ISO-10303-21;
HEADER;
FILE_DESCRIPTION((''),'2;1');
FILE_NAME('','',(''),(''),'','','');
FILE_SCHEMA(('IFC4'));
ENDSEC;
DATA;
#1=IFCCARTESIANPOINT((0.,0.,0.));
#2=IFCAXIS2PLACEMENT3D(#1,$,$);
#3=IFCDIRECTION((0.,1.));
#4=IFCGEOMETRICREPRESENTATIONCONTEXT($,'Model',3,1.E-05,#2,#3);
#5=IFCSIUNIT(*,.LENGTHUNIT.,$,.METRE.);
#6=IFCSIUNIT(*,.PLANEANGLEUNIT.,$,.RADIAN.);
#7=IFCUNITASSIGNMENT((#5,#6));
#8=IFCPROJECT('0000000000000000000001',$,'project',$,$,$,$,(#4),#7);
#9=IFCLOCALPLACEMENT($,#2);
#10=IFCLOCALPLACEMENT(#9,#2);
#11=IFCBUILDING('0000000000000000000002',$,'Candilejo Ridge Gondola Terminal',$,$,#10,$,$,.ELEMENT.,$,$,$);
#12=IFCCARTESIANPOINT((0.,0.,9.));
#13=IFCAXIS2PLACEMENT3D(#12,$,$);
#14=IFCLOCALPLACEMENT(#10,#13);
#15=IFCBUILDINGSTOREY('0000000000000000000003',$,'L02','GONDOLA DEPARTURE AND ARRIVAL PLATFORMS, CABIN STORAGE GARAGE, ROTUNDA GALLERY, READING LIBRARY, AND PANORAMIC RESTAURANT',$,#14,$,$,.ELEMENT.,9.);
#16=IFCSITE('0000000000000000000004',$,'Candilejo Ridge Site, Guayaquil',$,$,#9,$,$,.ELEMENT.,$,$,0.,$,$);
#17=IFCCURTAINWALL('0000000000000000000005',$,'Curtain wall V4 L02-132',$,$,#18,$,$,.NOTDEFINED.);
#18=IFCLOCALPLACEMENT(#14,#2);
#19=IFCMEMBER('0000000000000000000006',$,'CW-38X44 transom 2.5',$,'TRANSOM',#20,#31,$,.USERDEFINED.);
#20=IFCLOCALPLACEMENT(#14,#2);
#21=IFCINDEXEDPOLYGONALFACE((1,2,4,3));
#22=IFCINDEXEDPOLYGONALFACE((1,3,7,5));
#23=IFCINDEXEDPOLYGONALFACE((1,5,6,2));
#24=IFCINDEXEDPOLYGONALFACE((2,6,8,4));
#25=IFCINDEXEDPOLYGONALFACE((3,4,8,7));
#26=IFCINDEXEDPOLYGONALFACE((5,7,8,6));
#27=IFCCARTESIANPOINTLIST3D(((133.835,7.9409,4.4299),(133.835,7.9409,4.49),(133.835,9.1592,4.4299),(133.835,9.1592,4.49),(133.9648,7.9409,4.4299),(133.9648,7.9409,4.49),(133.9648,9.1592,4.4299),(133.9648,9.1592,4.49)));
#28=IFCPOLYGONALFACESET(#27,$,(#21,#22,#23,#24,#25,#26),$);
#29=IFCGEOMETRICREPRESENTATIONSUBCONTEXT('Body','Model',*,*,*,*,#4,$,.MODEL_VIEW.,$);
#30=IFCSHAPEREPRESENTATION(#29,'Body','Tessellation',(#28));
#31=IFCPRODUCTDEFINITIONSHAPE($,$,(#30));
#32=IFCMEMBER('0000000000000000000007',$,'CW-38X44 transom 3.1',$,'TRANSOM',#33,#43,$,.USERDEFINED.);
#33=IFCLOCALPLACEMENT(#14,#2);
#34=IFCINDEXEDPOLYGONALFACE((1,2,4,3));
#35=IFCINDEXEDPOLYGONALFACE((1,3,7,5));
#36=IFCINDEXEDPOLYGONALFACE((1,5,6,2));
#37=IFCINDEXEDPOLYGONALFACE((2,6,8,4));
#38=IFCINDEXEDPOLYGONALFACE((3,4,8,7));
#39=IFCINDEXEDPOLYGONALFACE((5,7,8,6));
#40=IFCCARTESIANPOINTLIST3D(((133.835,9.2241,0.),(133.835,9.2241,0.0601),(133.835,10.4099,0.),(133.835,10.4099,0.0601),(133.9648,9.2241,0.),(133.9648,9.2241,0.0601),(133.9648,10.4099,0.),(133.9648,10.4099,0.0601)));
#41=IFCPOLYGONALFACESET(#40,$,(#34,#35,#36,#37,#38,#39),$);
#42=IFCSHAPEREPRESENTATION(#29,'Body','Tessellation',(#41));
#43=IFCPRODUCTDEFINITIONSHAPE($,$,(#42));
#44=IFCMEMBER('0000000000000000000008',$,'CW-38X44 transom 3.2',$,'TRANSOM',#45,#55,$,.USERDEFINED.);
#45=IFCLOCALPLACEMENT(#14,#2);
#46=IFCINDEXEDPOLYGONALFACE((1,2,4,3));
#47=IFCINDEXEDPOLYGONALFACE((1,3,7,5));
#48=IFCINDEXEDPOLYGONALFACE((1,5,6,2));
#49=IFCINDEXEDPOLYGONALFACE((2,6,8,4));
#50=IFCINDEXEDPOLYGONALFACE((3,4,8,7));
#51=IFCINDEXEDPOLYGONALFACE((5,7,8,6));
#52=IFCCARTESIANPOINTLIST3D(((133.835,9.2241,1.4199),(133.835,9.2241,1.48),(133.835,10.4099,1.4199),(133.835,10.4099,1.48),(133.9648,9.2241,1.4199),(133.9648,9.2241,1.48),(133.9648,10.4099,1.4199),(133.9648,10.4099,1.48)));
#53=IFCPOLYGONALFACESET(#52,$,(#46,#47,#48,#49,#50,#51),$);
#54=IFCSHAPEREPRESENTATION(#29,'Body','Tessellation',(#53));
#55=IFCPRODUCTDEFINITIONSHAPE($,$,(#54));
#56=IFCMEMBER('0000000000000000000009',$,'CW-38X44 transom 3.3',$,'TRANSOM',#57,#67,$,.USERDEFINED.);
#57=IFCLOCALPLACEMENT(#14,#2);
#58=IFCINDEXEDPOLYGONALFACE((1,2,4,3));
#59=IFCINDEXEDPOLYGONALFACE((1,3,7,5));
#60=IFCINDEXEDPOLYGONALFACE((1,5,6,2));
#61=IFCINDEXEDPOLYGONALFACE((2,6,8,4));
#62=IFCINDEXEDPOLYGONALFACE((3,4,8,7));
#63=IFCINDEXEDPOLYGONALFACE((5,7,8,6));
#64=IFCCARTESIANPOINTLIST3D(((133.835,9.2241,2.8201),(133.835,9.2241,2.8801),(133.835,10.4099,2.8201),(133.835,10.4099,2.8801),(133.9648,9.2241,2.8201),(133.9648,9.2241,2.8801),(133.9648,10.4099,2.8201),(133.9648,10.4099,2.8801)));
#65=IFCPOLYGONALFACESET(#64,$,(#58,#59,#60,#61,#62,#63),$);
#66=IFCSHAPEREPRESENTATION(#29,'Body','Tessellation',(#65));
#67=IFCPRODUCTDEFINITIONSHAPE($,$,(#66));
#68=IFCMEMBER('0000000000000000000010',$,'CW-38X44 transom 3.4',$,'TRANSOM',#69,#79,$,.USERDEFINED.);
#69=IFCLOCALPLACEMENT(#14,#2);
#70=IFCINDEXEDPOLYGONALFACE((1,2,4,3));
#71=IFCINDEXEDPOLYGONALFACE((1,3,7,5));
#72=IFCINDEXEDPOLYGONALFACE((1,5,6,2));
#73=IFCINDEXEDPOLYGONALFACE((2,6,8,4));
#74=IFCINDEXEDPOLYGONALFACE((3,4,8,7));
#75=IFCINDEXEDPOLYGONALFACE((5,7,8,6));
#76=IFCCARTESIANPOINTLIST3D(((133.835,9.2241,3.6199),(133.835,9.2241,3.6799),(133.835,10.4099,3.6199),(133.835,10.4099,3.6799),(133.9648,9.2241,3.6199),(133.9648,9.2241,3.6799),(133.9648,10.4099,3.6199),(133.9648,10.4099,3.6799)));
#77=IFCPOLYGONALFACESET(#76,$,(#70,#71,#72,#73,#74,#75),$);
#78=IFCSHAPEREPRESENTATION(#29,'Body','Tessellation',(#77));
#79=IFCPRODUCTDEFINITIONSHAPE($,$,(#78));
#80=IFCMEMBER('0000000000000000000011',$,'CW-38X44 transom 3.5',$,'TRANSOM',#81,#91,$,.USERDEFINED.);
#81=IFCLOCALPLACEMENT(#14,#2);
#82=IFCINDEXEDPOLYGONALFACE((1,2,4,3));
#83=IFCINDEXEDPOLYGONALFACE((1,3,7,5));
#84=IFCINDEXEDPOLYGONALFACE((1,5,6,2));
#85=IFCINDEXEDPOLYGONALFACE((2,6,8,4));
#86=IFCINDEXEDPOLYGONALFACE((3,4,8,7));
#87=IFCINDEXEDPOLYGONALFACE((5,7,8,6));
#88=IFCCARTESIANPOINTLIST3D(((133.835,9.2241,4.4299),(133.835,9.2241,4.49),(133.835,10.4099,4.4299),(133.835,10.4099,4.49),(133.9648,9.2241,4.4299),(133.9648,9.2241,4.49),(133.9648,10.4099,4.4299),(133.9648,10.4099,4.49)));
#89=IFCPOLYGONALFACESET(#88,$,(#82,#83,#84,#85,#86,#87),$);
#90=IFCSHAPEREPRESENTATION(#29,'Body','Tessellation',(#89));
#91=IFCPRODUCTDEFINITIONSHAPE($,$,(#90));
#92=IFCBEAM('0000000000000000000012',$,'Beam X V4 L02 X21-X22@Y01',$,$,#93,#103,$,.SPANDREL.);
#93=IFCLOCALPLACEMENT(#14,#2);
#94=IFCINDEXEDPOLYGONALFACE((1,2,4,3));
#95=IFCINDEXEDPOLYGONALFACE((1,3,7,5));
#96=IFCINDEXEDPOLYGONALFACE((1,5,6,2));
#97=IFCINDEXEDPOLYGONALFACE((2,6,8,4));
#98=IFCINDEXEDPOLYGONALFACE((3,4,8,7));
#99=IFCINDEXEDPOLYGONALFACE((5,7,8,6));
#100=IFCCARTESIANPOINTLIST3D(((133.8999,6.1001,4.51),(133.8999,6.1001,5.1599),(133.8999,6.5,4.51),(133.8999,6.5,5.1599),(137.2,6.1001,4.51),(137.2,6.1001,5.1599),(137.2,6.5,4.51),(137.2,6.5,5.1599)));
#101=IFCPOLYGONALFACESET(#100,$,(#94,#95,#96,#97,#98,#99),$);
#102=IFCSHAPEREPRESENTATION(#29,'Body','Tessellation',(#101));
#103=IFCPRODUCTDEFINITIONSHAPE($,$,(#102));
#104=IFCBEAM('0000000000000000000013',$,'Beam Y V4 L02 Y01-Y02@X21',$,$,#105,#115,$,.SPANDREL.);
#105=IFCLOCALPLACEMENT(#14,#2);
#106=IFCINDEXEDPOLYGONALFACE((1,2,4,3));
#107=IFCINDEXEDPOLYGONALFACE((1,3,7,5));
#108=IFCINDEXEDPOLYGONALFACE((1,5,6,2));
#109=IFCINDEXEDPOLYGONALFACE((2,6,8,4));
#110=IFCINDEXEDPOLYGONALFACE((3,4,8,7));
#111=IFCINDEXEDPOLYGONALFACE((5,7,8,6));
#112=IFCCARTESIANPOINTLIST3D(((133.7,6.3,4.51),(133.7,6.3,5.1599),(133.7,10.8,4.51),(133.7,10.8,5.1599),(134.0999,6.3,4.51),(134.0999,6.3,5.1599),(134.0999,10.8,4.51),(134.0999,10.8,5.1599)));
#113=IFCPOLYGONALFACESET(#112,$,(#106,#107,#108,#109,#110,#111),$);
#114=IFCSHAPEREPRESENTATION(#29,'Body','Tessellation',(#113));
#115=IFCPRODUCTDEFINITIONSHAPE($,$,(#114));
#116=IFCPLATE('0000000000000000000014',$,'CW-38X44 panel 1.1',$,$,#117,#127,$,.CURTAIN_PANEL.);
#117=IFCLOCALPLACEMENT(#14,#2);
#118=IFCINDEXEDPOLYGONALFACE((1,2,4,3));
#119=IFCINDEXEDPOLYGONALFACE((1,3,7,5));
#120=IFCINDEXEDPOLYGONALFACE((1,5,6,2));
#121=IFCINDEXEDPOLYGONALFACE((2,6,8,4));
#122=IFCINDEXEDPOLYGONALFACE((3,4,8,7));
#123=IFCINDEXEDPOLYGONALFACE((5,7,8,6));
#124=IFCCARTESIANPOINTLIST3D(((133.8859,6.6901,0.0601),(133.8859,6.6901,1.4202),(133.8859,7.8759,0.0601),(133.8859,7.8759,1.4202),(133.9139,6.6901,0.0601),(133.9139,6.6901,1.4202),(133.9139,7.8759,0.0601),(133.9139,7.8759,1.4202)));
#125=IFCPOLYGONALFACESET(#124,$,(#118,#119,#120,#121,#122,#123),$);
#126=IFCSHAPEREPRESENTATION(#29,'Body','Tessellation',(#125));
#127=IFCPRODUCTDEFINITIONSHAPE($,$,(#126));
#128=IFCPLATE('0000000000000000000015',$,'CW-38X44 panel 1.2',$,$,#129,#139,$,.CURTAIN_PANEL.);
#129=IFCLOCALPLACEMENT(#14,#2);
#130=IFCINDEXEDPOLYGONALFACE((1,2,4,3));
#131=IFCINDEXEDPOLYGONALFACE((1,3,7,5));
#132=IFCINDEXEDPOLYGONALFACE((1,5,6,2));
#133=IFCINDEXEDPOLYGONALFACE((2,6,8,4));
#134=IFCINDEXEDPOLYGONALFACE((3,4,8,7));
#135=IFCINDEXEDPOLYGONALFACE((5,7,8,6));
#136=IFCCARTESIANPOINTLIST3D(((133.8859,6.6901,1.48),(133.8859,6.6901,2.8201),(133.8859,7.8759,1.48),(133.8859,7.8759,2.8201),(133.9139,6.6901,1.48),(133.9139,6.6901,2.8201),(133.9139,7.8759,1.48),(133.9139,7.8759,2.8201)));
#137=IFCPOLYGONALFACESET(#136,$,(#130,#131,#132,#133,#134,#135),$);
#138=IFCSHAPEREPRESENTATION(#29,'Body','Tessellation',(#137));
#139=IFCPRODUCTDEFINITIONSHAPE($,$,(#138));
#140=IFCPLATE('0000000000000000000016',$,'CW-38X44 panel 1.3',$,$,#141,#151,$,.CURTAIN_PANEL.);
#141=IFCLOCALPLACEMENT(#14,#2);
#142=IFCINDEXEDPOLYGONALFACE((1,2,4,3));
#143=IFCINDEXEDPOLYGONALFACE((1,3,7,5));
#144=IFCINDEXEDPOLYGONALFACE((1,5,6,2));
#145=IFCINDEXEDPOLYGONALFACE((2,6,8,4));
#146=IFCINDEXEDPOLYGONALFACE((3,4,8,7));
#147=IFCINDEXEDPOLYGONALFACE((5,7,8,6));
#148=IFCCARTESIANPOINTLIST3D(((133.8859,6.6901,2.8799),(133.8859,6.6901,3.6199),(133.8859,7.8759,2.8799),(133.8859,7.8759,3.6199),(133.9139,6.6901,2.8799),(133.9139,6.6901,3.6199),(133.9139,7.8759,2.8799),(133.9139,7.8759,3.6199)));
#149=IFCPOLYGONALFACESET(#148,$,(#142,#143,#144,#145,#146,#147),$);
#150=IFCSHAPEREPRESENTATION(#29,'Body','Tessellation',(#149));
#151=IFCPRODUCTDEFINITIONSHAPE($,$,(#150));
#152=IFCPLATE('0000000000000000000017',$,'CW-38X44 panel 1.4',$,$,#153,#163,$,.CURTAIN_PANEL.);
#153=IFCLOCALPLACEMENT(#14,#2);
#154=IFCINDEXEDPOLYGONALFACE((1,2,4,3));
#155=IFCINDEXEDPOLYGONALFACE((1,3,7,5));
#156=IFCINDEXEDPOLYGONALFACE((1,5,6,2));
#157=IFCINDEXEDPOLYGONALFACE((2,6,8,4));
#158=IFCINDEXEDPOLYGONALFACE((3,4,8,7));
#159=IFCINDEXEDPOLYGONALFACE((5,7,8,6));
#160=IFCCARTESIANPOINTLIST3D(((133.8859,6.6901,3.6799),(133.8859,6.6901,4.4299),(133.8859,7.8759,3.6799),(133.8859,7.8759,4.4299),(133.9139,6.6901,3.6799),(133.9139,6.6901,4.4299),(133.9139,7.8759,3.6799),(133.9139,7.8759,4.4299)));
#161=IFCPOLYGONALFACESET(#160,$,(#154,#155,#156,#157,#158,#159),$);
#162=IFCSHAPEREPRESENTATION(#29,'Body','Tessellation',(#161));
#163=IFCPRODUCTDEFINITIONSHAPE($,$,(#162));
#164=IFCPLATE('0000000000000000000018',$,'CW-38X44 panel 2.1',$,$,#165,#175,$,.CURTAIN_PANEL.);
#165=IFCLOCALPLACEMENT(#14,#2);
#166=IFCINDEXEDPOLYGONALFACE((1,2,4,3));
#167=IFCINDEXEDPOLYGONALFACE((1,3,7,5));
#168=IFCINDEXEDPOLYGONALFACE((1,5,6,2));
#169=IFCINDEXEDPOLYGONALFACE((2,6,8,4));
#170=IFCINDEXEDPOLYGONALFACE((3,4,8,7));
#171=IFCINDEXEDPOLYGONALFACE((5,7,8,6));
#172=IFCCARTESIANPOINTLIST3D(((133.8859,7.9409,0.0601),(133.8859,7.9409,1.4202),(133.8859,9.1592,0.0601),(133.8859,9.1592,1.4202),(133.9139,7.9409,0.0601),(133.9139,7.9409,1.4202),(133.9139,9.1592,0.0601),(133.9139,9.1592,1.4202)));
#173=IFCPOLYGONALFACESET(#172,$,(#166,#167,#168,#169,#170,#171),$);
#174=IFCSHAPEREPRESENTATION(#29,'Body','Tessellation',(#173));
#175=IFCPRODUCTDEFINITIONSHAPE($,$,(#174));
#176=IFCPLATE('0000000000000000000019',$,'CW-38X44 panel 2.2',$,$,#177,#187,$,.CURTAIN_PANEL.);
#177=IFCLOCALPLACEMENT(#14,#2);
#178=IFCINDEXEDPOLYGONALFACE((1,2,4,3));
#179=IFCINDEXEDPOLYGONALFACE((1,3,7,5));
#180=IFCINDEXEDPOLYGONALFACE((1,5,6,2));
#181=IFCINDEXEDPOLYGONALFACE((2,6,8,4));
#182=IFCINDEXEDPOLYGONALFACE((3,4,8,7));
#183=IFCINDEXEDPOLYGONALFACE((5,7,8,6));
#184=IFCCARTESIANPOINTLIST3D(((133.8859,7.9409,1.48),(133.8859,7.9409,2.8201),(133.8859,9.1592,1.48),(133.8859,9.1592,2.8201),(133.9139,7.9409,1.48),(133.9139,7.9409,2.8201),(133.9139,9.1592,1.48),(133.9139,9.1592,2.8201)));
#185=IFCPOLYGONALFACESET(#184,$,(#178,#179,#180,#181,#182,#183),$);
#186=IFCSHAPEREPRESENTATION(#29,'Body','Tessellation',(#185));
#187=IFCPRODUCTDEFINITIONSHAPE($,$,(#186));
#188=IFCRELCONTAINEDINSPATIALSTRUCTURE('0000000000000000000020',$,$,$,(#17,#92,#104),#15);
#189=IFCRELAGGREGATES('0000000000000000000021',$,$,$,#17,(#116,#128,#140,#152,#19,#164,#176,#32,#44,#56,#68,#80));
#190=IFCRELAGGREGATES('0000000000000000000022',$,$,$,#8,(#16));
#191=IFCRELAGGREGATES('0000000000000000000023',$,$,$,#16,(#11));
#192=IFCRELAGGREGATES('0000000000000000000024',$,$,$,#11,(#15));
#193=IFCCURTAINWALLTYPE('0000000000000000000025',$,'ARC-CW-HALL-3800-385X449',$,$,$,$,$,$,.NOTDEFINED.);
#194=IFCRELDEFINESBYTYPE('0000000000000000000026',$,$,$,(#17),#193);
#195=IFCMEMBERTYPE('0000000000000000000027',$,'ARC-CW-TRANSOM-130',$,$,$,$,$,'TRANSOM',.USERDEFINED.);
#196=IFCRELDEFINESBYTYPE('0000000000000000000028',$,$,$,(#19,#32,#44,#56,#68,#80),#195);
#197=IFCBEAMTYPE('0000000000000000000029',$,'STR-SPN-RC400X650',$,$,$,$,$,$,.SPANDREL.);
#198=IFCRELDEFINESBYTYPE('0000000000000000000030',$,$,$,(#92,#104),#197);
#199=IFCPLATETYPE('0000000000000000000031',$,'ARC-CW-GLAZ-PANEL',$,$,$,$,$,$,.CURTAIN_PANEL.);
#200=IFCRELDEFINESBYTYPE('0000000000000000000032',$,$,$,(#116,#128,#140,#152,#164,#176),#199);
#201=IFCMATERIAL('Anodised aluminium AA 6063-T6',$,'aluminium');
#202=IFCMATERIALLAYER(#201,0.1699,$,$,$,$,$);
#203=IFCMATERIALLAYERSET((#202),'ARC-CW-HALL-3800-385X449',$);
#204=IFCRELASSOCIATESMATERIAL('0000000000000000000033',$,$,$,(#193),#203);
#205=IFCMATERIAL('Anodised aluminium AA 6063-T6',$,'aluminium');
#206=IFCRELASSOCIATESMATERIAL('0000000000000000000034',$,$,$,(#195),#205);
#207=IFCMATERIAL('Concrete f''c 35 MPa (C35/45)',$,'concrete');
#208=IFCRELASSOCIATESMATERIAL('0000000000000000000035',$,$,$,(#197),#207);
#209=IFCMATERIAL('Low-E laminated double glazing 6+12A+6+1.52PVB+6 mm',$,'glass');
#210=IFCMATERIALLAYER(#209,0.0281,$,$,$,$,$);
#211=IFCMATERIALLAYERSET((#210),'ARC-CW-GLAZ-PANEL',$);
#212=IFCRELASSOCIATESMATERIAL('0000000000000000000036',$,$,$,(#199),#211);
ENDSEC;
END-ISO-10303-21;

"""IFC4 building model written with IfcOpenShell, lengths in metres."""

from ifc_helpers import new_model, si_unit, direction, frame, origin, origin_2d, place, context, subcontext, project, spatial, rectangle, extrude, material, layer, layer_set, material_profile, profile_set, type_object, element, aggregate, save


model = new_model("IFC4")

# Units and contexts
model_context = context("Model", 3, precision=1e-05, world=origin(), true_north=direction((0.0, 1.0)))
body_context = subcontext(model_context, "Body", "Model", "MODEL_VIEW")
ifc_project = project(units=[si_unit("LENGTHUNIT", "METRE"), si_unit("PLANEANGLEUNIT", "RADIAN")], contexts=[model_context])

# Site, building, storey
site_placement = place(None, origin())
site = spatial("IfcSite", under=ifc_project, at=site_placement, Name="Candilejo Ridge Site, Guayaquil", CompositionType="ELEMENT", RefElevation=0.0)
building_placement = place(site_placement, origin())
building = spatial("IfcBuilding", under=site, at=building_placement, Name="Candilejo Ridge Gondola Terminal", CompositionType="ELEMENT")
storey_placement = place(building_placement, frame((0.0, 0.0, 9.0)))
storey = spatial("IfcBuildingStorey", under=building, at=storey_placement, Name="L02", Description="GONDOLA DEPARTURE AND ARRIVAL PLATFORMS, CABIN STORAGE GARAGE, ROTUNDA GALLERY, READING LIBRARY, AND PANORAMIC RESTAURANT", CompositionType="ELEMENT", Elevation=9.0)

# Curtain wall, members
ifc_material_1 = material(Name="Anodised aluminium AA 6063-T6", Category="aluminium")
ifc_layer_1 = layer(ifc_material_1, 0.1699)
ifc_layer_set_1 = layer_set([ifc_layer_1], Name="ARC-CW-HALL-3800-385X449")
curtain_wall_type = type_object("IfcCurtainWallType", Name="ARC-CW-HALL-3800-385X449", PredefinedType="NOTDEFINED", material=ifc_layer_set_1)
curtain_wall_placement = place(storey_placement, origin())
curtain_wall = element("IfcCurtainWall", 1, at=curtain_wall_placement, inside=storey, type_object=curtain_wall_type, Name="Curtain wall V4 L02-132", PredefinedType="NOTDEFINED")
ifc_material_2 = material(Name="Anodised aluminium AA 6063-T6", Category="aluminium")
ifc_material_profile_1 = material_profile(ifc_material_2, rectangle(XDim=0.1299, YDim=0.0601, at=origin_2d()))
ifc_profile_set_1 = profile_set([ifc_material_profile_1], Name="Anodised aluminium AA 6063-T6")
member_type_1 = type_object("IfcMemberType", Name="ARC-CW-TRANSOM-130", ElementType="TRANSOM", PredefinedType="USERDEFINED", material=ifc_profile_set_1)
member_1_placement = place(storey_placement, frame((133.8999, 7.9409, 4.46), z_axis=(0.0, 1.0, 0.0), x_axis=(-1.0, 0.0, 0.0)))
member_1 = element("IfcMember", 2, at=member_1_placement, type_object=member_type_1, Name="CW-38X44 transom 2.5", ObjectType="TRANSOM", PredefinedType="USERDEFINED", context=body_context, shape_type="SweptSolid", body=[
    extrude(rectangle(XDim=0.1299, YDim=0.0601, at=origin_2d()), origin(), (0.0, 0.0, 1.0), 1.2183),
])
member_2_placement = place(storey_placement, frame((133.8999, 9.2241, 0.03), z_axis=(0.0, 1.0, 0.0), x_axis=(-1.0, 0.0, 0.0)))
member_2 = element("IfcMember", 3, at=member_2_placement, type_object=member_type_1, Name="CW-38X44 transom 3.1", ObjectType="TRANSOM", PredefinedType="USERDEFINED", context=body_context, shape_type="SweptSolid", body=[
    extrude(rectangle(XDim=0.1299, YDim=0.0601, at=origin_2d()), origin(), (0.0, 0.0, 1.0), 1.1858),
])
member_3_placement = place(storey_placement, frame((133.8999, 9.2241, 1.45), z_axis=(0.0, 1.0, 0.0), x_axis=(-1.0, 0.0, 0.0)))
member_3 = element("IfcMember", 4, at=member_3_placement, type_object=member_type_1, Name="CW-38X44 transom 3.2", ObjectType="TRANSOM", PredefinedType="USERDEFINED", context=body_context, shape_type="SweptSolid", body=[
    extrude(rectangle(XDim=0.1299, YDim=0.0601, at=origin_2d()), origin(), (0.0, 0.0, 1.0), 1.1858),
])
member_4_placement = place(storey_placement, frame((133.8999, 9.2241, 2.8501), z_axis=(0.0, 1.0, 0.0), x_axis=(-1.0, 0.0, 0.0)))
member_4 = element("IfcMember", 5, at=member_4_placement, type_object=member_type_1, Name="CW-38X44 transom 3.3", ObjectType="TRANSOM", PredefinedType="USERDEFINED", context=body_context, shape_type="SweptSolid", body=[
    extrude(rectangle(XDim=0.1299, YDim=0.0601, at=origin_2d()), origin(), (0.0, 0.0, 1.0), 1.1858),
])
member_5_placement = place(storey_placement, frame((133.8999, 9.2241, 3.6499), z_axis=(0.0, 1.0, 0.0), x_axis=(-1.0, 0.0, 0.0)))
member_5 = element("IfcMember", 6, at=member_5_placement, type_object=member_type_1, Name="CW-38X44 transom 3.4", ObjectType="TRANSOM", PredefinedType="USERDEFINED", context=body_context, shape_type="SweptSolid", body=[
    extrude(rectangle(XDim=0.1299, YDim=0.0601, at=origin_2d()), origin(), (0.0, 0.0, 1.0), 1.1858),
])
member_6_placement = place(storey_placement, frame((133.8999, 9.2241, 4.46), z_axis=(0.0, 1.0, 0.0), x_axis=(-1.0, 0.0, 0.0)))
member_6 = element("IfcMember", 7, at=member_6_placement, type_object=member_type_1, Name="CW-38X44 transom 3.5", ObjectType="TRANSOM", PredefinedType="USERDEFINED", context=body_context, shape_type="SweptSolid", body=[
    extrude(rectangle(XDim=0.1299, YDim=0.0601, at=origin_2d()), origin(), (0.0, 0.0, 1.0), 1.1858),
])

# Beams
ifc_material_3 = material(Name="Concrete f'c 35 MPa (C35/45)", Category="concrete")
ifc_material_profile_2 = material_profile(ifc_material_3, rectangle(XDim=0.3999, YDim=0.6499, at=origin_2d()))
ifc_profile_set_2 = profile_set([ifc_material_profile_2], Name="Concrete f'c 35 MPa (C35/45)")
beam_type = type_object("IfcBeamType", Name="STR-SPN-RC400X650", PredefinedType="SPANDREL", material=ifc_profile_set_2)
beam_1_placement = place(storey_placement, frame((133.8999, 6.3, 4.835), z_axis=(1.0, 0.0, 0.0), x_axis=(0.0, 1.0, 0.0)))
element("IfcBeam", 8, at=beam_1_placement, inside=storey, type_object=beam_type, Name="Beam X V4 L02 X21-X22@Y01", PredefinedType="SPANDREL", context=body_context, shape_type="SweptSolid", body=[
    extrude(rectangle(XDim=0.3999, YDim=0.6499, at=origin_2d()), origin(), (0.0, 0.0, 1.0), 3.3),
])
beam_2_placement = place(storey_placement, frame((133.8999, 6.3, 4.835), z_axis=(0.0, 1.0, 0.0), x_axis=(-1.0, 0.0, 0.0)))
element("IfcBeam", 9, at=beam_2_placement, inside=storey, type_object=beam_type, Name="Beam Y V4 L02 Y01-Y02@X21", PredefinedType="SPANDREL", context=body_context, shape_type="SweptSolid", body=[
    extrude(rectangle(XDim=0.3999, YDim=0.6499, at=origin_2d()), origin(), (0.0, 0.0, 1.0), 4.5),
])

# Plates
ifc_material_4 = material(Name="Low-E laminated double glazing 6+12A+6+1.52PVB+6 mm", Category="glass")
ifc_layer_2 = layer(ifc_material_4, 0.0281)
ifc_layer_set_2 = layer_set([ifc_layer_2], Name="ARC-CW-GLAZ-PANEL")
plate_type = type_object("IfcPlateType", Name="ARC-CW-GLAZ-PANEL", PredefinedType="CURTAIN_PANEL", material=ifc_layer_set_2)
plate_1_placement = place(storey_placement, frame((133.8999, 7.283, 0.0601), z_axis=(0.0, 0.0, 1.0), x_axis=(0.0, 1.0, 0.0)))
plate_1 = element("IfcPlate", 10, at=plate_1_placement, type_object=plate_type, Name="CW-38X44 panel 1.1", PredefinedType="CURTAIN_PANEL", context=body_context, shape_type="SweptSolid", body=[
    extrude(rectangle(XDim=1.1858, YDim=0.0281, at=origin_2d()), origin(), (0.0, 0.0, 1.0), 1.3601),
])
plate_2_placement = place(storey_placement, frame((133.8999, 7.283, 1.48), z_axis=(0.0, 0.0, 1.0), x_axis=(0.0, 1.0, 0.0)))
plate_2 = element("IfcPlate", 11, at=plate_2_placement, type_object=plate_type, Name="CW-38X44 panel 1.2", PredefinedType="CURTAIN_PANEL", context=body_context, shape_type="SweptSolid", body=[
    extrude(rectangle(XDim=1.1858, YDim=0.0281, at=origin_2d()), origin(), (0.0, 0.0, 1.0), 1.3401),
])
plate_3_placement = place(storey_placement, frame((133.8999, 7.283, 2.8799), z_axis=(0.0, 0.0, 1.0), x_axis=(0.0, 1.0, 0.0)))
plate_3 = element("IfcPlate", 12, at=plate_3_placement, type_object=plate_type, Name="CW-38X44 panel 1.3", PredefinedType="CURTAIN_PANEL", context=body_context, shape_type="SweptSolid", body=[
    extrude(rectangle(XDim=1.1858, YDim=0.0281, at=origin_2d()), origin(), (0.0, 0.0, 1.0), 0.74),
])
plate_4_placement = place(storey_placement, frame((133.8999, 7.283, 3.6799), z_axis=(0.0, 0.0, 1.0), x_axis=(0.0, 1.0, 0.0)))
plate_4 = element("IfcPlate", 13, at=plate_4_placement, type_object=plate_type, Name="CW-38X44 panel 1.4", PredefinedType="CURTAIN_PANEL", context=body_context, shape_type="SweptSolid", body=[
    extrude(rectangle(XDim=1.1858, YDim=0.0281, at=origin_2d()), origin(), (0.0, 0.0, 1.0), 0.75),
])
plate_5_placement = place(storey_placement, frame((133.8999, 8.55, 0.0601), z_axis=(0.0, 0.0, 1.0), x_axis=(0.0, 1.0, 0.0)))
plate_5 = element("IfcPlate", 14, at=plate_5_placement, type_object=plate_type, Name="CW-38X44 panel 2.1", PredefinedType="CURTAIN_PANEL", context=body_context, shape_type="SweptSolid", body=[
    extrude(rectangle(XDim=1.2183, YDim=0.0281, at=origin_2d()), origin(), (0.0, 0.0, 1.0), 1.3601),
])
plate_6_placement = place(storey_placement, frame((133.8999, 8.55, 1.48), z_axis=(0.0, 0.0, 1.0), x_axis=(0.0, 1.0, 0.0)))
plate_6 = element("IfcPlate", 15, at=plate_6_placement, type_object=plate_type, Name="CW-38X44 panel 2.2", PredefinedType="CURTAIN_PANEL", context=body_context, shape_type="SweptSolid", body=[
    extrude(rectangle(XDim=1.2183, YDim=0.0281, at=origin_2d()), origin(), (0.0, 0.0, 1.0), 1.3401),
])
aggregate(curtain_wall, [plate_1, plate_2, plate_3, plate_4, member_1, plate_5, plate_6, member_2, member_3, member_4, member_5, member_6])

save(model, "model.ifc")
